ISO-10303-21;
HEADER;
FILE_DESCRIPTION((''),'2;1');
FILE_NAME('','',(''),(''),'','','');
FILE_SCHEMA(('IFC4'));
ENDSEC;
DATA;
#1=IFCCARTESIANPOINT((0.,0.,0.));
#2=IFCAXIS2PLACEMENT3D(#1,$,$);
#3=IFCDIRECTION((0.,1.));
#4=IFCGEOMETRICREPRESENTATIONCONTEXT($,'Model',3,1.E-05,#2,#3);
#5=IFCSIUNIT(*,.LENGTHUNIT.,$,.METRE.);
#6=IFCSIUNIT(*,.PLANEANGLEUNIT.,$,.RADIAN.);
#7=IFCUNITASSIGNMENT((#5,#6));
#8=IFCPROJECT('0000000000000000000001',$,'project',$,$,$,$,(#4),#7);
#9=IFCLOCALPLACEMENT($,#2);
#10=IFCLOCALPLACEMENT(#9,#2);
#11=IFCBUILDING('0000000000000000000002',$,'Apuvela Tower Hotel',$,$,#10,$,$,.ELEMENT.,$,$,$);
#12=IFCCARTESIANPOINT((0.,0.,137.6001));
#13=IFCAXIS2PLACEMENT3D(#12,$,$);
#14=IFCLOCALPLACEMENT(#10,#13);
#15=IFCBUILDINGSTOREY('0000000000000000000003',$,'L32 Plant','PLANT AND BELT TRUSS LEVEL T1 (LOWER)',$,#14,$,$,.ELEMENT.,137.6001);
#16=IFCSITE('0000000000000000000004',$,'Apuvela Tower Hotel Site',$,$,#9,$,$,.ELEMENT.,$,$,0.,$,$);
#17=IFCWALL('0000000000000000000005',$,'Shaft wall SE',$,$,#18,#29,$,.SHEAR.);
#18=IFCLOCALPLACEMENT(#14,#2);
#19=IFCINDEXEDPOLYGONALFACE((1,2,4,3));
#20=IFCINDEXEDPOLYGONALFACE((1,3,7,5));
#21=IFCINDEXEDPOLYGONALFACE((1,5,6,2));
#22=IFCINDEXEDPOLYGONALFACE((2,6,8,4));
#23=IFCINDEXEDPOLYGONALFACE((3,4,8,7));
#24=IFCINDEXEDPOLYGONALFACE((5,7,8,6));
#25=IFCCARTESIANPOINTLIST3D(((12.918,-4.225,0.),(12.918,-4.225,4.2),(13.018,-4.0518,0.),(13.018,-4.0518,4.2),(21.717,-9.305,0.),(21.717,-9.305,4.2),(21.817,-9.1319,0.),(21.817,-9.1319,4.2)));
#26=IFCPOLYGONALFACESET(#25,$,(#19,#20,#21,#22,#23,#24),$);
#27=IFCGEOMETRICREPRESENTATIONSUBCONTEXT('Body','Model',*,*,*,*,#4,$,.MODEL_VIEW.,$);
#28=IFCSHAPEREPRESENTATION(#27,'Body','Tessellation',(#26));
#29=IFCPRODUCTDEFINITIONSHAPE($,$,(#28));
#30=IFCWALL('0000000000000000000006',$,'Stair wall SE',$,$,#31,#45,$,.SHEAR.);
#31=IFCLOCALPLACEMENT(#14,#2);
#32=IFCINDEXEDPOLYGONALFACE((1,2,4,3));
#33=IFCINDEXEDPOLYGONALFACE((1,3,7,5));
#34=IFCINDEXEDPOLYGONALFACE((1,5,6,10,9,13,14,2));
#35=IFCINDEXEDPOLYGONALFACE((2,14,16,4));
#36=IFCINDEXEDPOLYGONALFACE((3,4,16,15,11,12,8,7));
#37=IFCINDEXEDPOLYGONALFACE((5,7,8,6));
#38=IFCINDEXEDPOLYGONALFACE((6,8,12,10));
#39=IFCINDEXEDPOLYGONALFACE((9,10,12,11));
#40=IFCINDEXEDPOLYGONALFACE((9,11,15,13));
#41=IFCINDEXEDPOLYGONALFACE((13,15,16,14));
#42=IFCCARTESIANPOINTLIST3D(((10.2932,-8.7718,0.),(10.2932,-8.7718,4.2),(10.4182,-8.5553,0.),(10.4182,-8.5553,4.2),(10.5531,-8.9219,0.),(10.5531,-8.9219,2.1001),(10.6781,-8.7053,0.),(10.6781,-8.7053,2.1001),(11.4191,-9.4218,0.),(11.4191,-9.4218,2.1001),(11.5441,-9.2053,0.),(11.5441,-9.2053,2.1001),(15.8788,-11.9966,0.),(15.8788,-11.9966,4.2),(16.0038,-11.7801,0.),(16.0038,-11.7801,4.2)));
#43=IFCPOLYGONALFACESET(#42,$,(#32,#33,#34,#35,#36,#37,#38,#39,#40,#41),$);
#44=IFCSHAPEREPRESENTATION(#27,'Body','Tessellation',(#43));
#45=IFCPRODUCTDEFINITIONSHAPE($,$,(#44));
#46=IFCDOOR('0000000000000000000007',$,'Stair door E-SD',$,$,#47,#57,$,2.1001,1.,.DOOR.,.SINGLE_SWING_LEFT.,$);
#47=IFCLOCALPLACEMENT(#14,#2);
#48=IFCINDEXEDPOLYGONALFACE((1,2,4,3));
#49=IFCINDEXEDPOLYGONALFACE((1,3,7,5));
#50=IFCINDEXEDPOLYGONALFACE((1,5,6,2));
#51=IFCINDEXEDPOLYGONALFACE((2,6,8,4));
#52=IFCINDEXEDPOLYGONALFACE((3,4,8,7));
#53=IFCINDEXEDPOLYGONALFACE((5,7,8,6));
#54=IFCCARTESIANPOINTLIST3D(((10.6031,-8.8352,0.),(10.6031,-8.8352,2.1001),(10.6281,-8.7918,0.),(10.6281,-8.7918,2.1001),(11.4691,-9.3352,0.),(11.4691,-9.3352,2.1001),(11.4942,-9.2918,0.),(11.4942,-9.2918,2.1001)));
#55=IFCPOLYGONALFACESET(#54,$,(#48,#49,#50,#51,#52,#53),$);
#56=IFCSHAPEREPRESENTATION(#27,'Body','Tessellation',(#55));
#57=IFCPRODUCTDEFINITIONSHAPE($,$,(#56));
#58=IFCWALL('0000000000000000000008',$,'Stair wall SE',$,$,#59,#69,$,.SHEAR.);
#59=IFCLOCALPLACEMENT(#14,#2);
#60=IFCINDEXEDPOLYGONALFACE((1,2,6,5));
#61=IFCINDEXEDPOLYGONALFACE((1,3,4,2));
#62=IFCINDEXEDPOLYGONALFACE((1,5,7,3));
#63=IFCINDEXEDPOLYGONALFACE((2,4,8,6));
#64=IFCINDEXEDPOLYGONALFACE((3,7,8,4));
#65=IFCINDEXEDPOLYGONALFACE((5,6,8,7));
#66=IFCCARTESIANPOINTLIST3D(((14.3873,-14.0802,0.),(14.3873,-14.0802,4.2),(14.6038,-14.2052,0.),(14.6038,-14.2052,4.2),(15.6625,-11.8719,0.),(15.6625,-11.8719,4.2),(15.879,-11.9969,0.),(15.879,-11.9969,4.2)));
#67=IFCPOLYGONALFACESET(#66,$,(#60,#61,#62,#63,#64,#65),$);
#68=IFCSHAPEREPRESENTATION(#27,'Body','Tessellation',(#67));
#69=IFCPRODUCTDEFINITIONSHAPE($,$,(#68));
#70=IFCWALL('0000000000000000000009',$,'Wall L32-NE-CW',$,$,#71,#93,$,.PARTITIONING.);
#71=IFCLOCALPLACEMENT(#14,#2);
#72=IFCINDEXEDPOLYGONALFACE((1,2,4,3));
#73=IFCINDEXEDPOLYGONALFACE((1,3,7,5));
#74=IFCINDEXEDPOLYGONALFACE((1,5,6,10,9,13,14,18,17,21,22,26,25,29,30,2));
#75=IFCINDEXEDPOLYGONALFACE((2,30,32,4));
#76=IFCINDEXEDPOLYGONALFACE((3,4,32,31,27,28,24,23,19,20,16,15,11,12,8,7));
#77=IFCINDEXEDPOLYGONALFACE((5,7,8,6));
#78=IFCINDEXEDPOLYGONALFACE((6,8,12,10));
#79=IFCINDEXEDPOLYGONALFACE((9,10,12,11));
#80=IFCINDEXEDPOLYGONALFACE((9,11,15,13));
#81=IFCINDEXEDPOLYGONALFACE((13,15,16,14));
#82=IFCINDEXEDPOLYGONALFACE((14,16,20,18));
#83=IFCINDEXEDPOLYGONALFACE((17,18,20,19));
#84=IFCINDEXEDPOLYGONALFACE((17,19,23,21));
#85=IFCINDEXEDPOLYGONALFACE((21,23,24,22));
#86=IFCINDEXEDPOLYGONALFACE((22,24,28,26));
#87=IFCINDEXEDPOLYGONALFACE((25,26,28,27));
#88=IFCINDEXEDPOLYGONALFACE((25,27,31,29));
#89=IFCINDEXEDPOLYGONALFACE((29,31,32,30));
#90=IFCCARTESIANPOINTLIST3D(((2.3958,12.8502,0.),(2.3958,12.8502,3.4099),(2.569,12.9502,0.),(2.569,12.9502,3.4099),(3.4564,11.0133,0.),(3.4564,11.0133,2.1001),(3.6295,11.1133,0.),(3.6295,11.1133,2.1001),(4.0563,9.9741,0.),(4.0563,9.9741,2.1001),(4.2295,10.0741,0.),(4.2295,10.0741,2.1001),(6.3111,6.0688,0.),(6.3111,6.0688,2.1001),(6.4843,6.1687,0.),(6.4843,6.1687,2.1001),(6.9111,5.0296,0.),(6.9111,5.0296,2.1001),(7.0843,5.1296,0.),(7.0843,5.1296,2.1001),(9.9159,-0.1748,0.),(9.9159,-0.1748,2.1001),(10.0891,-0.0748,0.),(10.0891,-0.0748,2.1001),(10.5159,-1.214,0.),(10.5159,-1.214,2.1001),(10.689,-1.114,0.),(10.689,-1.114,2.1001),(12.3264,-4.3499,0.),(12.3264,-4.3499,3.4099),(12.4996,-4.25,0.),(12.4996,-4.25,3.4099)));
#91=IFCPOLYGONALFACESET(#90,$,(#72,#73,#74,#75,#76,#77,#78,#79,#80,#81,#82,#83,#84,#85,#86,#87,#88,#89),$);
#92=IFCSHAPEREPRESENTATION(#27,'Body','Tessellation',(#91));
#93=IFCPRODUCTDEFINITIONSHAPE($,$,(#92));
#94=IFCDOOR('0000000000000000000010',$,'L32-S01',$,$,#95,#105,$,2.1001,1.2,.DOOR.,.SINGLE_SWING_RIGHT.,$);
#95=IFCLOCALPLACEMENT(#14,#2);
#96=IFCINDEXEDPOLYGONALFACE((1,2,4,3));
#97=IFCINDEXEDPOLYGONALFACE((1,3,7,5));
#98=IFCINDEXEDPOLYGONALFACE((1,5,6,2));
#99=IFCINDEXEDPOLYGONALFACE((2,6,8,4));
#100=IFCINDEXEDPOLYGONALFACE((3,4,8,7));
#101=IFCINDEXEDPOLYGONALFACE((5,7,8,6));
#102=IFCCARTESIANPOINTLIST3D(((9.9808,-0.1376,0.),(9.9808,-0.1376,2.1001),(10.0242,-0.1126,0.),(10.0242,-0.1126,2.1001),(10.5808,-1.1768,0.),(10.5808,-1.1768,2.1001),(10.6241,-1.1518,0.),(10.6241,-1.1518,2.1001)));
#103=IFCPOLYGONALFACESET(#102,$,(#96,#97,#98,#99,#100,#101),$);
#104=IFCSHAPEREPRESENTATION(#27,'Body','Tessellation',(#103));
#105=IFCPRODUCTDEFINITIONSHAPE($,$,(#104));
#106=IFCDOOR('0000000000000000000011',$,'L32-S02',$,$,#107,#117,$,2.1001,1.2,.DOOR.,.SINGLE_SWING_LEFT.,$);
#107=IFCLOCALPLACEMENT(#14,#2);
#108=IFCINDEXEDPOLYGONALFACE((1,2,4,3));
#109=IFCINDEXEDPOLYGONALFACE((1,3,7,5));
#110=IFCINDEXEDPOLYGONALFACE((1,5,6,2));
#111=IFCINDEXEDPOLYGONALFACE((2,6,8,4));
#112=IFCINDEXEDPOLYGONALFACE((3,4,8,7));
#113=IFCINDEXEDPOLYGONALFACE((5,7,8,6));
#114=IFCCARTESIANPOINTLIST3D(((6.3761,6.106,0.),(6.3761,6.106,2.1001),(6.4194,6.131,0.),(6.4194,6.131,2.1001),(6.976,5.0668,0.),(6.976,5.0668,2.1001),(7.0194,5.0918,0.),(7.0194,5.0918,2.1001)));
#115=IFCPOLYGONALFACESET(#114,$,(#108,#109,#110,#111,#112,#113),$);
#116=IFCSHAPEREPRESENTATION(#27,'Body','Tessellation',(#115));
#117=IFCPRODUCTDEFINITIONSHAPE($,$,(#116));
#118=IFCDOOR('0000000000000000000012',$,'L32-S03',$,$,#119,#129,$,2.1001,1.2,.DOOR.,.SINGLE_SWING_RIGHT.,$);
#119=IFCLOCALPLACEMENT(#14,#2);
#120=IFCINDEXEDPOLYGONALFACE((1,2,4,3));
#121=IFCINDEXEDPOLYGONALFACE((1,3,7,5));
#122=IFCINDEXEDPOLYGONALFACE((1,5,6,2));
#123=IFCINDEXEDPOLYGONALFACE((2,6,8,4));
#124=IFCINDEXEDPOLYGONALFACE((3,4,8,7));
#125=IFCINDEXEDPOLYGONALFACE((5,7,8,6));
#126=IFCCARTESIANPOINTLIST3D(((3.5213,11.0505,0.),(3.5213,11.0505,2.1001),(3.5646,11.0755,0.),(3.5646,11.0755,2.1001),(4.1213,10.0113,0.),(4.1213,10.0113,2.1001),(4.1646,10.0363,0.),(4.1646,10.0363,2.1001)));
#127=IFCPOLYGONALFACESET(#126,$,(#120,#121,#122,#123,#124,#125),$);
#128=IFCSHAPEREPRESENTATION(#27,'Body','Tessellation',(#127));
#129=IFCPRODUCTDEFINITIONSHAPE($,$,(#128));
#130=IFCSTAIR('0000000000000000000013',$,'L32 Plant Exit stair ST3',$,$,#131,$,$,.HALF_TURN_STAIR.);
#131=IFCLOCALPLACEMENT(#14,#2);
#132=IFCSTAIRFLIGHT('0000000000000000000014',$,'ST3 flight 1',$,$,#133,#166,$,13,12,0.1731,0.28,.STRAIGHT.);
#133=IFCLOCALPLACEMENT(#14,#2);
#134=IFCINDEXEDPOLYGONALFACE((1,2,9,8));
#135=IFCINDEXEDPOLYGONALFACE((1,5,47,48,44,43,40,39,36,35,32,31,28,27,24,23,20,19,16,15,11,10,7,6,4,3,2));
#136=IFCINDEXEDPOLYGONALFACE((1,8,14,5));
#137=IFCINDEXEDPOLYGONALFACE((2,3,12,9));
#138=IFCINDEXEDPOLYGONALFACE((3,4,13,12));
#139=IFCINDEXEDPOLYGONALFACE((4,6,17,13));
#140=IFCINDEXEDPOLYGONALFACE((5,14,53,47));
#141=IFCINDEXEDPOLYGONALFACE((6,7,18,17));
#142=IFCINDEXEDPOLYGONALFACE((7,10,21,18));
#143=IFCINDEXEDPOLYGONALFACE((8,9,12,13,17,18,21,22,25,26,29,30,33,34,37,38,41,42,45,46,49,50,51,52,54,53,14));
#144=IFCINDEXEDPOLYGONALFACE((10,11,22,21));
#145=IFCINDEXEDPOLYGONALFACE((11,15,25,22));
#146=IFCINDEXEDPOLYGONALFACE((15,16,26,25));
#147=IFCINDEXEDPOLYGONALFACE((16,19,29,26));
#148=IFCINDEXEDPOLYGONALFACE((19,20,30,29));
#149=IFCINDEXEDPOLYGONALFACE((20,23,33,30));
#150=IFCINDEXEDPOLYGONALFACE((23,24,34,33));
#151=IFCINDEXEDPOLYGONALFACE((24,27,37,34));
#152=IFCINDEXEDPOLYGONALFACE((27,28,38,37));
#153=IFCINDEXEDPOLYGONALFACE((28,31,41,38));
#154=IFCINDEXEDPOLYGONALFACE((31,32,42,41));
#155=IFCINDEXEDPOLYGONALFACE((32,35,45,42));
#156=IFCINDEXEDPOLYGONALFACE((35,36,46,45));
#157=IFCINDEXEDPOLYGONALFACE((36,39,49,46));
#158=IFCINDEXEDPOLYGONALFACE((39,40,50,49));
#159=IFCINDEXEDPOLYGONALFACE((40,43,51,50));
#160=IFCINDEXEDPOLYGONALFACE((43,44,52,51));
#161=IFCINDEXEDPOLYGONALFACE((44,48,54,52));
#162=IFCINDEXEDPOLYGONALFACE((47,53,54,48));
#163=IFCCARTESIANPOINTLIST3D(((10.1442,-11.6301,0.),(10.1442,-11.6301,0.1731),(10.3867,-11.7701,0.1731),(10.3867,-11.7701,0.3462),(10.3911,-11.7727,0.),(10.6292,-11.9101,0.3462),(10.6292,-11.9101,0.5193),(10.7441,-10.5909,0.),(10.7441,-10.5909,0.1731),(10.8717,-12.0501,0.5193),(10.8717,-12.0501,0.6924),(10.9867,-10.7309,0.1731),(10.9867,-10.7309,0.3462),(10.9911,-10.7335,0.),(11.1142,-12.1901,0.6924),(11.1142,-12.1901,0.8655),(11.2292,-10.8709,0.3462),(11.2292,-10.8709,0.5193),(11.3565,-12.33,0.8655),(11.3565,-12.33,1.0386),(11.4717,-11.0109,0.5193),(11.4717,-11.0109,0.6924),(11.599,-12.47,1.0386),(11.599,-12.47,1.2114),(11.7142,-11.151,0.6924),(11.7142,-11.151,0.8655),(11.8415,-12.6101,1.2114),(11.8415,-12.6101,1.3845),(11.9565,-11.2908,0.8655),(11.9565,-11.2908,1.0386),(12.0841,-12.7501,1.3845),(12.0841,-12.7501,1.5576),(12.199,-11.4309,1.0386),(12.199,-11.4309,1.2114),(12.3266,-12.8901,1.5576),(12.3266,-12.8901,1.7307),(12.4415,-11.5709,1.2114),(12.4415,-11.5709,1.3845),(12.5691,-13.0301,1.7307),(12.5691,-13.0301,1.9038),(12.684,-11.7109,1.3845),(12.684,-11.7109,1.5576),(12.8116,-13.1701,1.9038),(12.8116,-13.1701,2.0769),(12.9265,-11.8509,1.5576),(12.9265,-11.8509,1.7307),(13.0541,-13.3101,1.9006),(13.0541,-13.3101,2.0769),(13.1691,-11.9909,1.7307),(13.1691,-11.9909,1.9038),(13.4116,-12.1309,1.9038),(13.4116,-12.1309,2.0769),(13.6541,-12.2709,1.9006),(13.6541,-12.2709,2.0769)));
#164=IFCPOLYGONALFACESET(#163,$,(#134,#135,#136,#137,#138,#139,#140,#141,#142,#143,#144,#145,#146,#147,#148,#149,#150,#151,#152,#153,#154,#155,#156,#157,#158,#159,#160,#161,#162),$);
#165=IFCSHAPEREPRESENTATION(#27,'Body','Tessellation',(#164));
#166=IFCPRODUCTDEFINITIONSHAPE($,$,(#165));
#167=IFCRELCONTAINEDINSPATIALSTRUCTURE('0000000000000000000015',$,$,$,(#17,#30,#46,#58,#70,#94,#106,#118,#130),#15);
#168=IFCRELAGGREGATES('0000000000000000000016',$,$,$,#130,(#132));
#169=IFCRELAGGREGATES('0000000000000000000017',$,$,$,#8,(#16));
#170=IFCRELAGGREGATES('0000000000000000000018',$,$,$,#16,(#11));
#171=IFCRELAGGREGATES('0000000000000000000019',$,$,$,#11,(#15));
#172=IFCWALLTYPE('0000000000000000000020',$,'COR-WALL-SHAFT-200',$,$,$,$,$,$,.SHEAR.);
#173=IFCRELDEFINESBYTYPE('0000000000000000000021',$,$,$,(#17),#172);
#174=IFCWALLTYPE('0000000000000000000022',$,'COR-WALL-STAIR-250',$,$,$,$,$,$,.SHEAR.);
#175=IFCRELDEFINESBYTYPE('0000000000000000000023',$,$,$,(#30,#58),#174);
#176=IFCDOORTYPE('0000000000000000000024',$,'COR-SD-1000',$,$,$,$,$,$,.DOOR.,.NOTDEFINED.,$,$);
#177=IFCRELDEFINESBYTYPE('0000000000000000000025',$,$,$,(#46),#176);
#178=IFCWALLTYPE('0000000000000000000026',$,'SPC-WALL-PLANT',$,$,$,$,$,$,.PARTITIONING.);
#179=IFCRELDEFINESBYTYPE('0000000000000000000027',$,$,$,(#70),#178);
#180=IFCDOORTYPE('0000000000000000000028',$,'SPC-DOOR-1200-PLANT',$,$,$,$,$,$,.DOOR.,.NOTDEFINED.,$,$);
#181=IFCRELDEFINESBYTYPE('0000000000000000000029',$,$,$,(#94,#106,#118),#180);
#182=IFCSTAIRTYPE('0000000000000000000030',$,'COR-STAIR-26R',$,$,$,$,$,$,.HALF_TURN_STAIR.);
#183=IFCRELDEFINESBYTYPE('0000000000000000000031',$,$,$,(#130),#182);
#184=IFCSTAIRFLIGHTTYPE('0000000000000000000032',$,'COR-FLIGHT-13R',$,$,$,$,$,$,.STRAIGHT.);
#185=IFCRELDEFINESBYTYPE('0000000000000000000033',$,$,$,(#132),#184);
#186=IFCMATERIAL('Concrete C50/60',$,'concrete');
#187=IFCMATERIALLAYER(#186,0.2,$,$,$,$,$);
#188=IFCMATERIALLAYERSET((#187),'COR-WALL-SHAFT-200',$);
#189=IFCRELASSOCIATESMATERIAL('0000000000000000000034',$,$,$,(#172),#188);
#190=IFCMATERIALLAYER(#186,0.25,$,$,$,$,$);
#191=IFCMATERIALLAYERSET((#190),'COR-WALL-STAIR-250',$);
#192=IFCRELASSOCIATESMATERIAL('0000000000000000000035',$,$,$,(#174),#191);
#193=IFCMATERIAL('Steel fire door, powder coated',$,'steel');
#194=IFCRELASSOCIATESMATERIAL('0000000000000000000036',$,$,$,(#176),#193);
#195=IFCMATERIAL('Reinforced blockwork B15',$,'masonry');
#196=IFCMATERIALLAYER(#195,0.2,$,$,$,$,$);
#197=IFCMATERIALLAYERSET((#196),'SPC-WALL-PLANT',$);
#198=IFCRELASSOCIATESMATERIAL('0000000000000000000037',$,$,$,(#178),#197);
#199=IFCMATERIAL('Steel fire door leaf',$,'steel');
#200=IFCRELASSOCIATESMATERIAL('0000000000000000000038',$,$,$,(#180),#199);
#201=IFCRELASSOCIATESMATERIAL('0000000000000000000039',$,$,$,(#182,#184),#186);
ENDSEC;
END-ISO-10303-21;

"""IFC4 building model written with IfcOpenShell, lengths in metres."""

from ifc_helpers import new_model, si_unit, direction, frame, frame_2d, origin, place, context, subcontext, project, spatial, polyline, rectangle, outline, extrude, material, layer, layer_set, type_object, element, fill, aggregate, save


model = new_model("IFC4")

# Units and contexts
model_context = context("Model", 3, precision=1e-05, world=origin(), true_north=direction((0.0, 1.0)))
body_context = subcontext(model_context, "Body", "Model", "MODEL_VIEW")
ifc_project = project(units=[si_unit("LENGTHUNIT", "METRE"), si_unit("PLANEANGLEUNIT", "RADIAN")], contexts=[model_context])

# Site, building, storey
site_placement = place(None, origin())
site = spatial("IfcSite", under=ifc_project, at=site_placement, Name="Apuvela Tower Hotel Site", CompositionType="ELEMENT", RefElevation=0.0)
building_placement = place(site_placement, origin())
building = spatial("IfcBuilding", under=site, at=building_placement, Name="Apuvela Tower Hotel", CompositionType="ELEMENT")
storey_placement = place(building_placement, frame((0.0, 0.0, 137.6001)))
storey = spatial("IfcBuildingStorey", under=building, at=storey_placement, Name="L32 Plant", Description="PLANT AND BELT TRUSS LEVEL T1 (LOWER)", CompositionType="ELEMENT", Elevation=137.6001)

# Shared definitions
ifc_material_1 = material(Name="Concrete C50/60", Category="concrete")
ifc_material_2 = material(Name="Steel fire door, powder coated", Category="steel")

# Shared definitions
ifc_layer_1 = layer(ifc_material_1, 0.2)
ifc_layer_set_1 = layer_set([ifc_layer_1], Name="COR-WALL-SHAFT-200")
wall_type_1 = type_object("IfcWallType", Name="COR-WALL-SHAFT-200", PredefinedType="SHEAR", material=ifc_layer_set_1)

# Wall
wall_1_placement = place(storey_placement, frame((12.968, -4.1384, 0.0), z_axis=(0.0, 0.0, 1.0), x_axis=(0.866028, -0.499995, 0.0)))
element("IfcWall", 1, at=wall_1_placement, inside=storey, type_object=wall_type_1, Name="Shaft wall SE", PredefinedType="SHEAR", context=body_context, shape_type="SweptSolid", body=[
    extrude(rectangle(XDim=10.1602, YDim=0.2, at=frame_2d((5.0801, 0.0))), origin(), (0.0, 0.0, 1.0), 4.2),
])

# Wall, opening, door
ifc_layer_2 = layer(ifc_material_1, 0.25)
ifc_layer_set_2 = layer_set([ifc_layer_2], Name="COR-WALL-STAIR-250")
wall_type_2 = type_object("IfcWallType", Name="COR-WALL-STAIR-250", PredefinedType="SHEAR", material=ifc_layer_set_2)
wall_2_placement = place(storey_placement, frame((10.3557, -8.6636, 0.0), z_axis=(0.0, 0.0, 1.0), x_axis=(0.866029, -0.499994, 0.0)))
wall_2 = element("IfcWall", 2, at=wall_2_placement, inside=storey, type_object=wall_type_2, Name="Stair wall SE", PredefinedType="SHEAR", context=body_context, shape_type="SweptSolid", body=[
    extrude(rectangle(XDim=6.4497, YDim=0.25, at=frame_2d((3.2249, 0.0))), origin(), (0.0, 0.0, 1.0), 4.2),
])
opening_1_placement = place(wall_2_placement, frame((0.3, 0.0, 0.0)))
opening_1 = element("IfcOpeningElement", 3, at=opening_1_placement, cuts=wall_2, PredefinedType="OPENING", context=body_context, shape_type="SweptSolid", body=[
    extrude(rectangle(XDim=1.0, YDim=2.1001, at=frame_2d((0.5, 1.05))), frame((0.0, 0.135, 0.0), z_axis=(0.0, -1.0, 0.0), x_axis=(1.0, 0.0, 0.0)), (0.0, 0.0, 1.0), 0.27),
])
door_type_1 = type_object("IfcDoorType", Name="COR-SD-1000", OperationType="NOTDEFINED", PredefinedType="DOOR", material=ifc_material_2)
door_1_placement = place(opening_1_placement, frame((1.0, 0.0, 0.0), z_axis=(0.0, 0.0, 1.0), x_axis=(-1.0, 0.0, 0.0)))
door_1 = element("IfcDoor", 4, at=door_1_placement, inside=storey, type_object=door_type_1, Name="Stair door E-SD", OperationType="SINGLE_SWING_LEFT", OverallHeight=2.1001, OverallWidth=1.0, PredefinedType="DOOR", context=body_context, shape_type="SweptSolid", body=[
    extrude(rectangle(XDim=1.0, YDim=2.1001, at=frame_2d((0.5, 1.05))), frame((0.0, 0.0249, 0.0), z_axis=(0.0, -1.0, 0.0), x_axis=(1.0, 0.0, 0.0)), (0.0, 0.0, 1.0), 0.05),
])
fill(opening_1, door_1)

# Wall
wall_3_placement = place(storey_placement, frame((14.4956, -14.1426, 0.0), z_axis=(0.0, 0.0, 1.0), x_axis=(0.500062, 0.865989, 0.0)))
element("IfcWall", 5, at=wall_3_placement, inside=storey, type_object=wall_type_2, Name="Stair wall SE", PredefinedType="SHEAR", context=body_context, shape_type="SweptSolid", body=[
    extrude(rectangle(XDim=2.55, YDim=0.25, at=frame_2d((1.2749, 0.0))), origin(), (0.0, 0.0, 1.0), 4.2),
])

# Wall, openings, doors
ifc_material_3 = material(Name="Reinforced blockwork B15", Category="masonry")
ifc_layer_3 = layer(ifc_material_3, 0.2)
ifc_layer_set_3 = layer_set([ifc_layer_3], Name="SPC-WALL-PLANT")
wall_type_3 = type_object("IfcWallType", Name="SPC-WALL-PLANT", PredefinedType="PARTITIONING", material=ifc_layer_set_3)
wall_4_placement = place(storey_placement, frame((12.4131, -4.3, 0.0), z_axis=(0.0, 0.0, 1.0), x_axis=(-0.500005, 0.866023, 0.0)))
wall_4 = element("IfcWall", 6, at=wall_4_placement, inside=storey, type_object=wall_type_3, Name="Wall L32-NE-CW", PredefinedType="PARTITIONING", context=body_context, shape_type="SweptSolid", body=[
    extrude(rectangle(XDim=19.8611, YDim=0.2, at=frame_2d((9.9307, 0.0))), origin(), (0.0, 0.0, 1.0), 3.4099),
])
opening_2_placement = place(wall_4_placement, frame((3.6211, 0.0, 0.0)))
opening_2 = element("IfcOpeningElement", 7, at=opening_2_placement, cuts=wall_4, PredefinedType="OPENING", context=body_context, shape_type="SweptSolid", body=[
    extrude(rectangle(XDim=1.2, YDim=2.1001, at=frame_2d((0.6001, 1.05))), frame((0.0, 0.1099, 0.0), z_axis=(0.0, -1.0, 0.0), x_axis=(1.0, 0.0, 0.0)), (0.0, 0.0, 1.0), 0.22),
])
opening_3_placement = place(wall_4_placement, frame((10.8306, 0.0, 0.0)))
opening_3 = element("IfcOpeningElement", 8, at=opening_3_placement, cuts=wall_4, PredefinedType="OPENING", context=body_context, shape_type="SweptSolid", body=[
    extrude(rectangle(XDim=1.2, YDim=2.1001, at=frame_2d((0.6001, 1.05))), frame((0.0, 0.1099, 0.0), z_axis=(0.0, -1.0, 0.0), x_axis=(1.0, 0.0, 0.0)), (0.0, 0.0, 1.0), 0.22),
])
opening_4_placement = place(wall_4_placement, frame((16.54, 0.0, 0.0)))
opening_4 = element("IfcOpeningElement", 9, at=opening_4_placement, cuts=wall_4, PredefinedType="OPENING", context=body_context, shape_type="SweptSolid", body=[
    extrude(rectangle(XDim=1.2, YDim=2.1001, at=frame_2d((0.6001, 1.05))), frame((0.0, 0.1099, 0.0), z_axis=(0.0, -1.0, 0.0), x_axis=(1.0, 0.0, 0.0)), (0.0, 0.0, 1.0), 0.22),
])
ifc_material_4 = material(Name="Steel fire door leaf", Category="steel")
door_type_2 = type_object("IfcDoorType", Name="SPC-DOOR-1200-PLANT", OperationType="NOTDEFINED", PredefinedType="DOOR", material=ifc_material_4)
door_2_placement = place(opening_2_placement, frame((1.2, 0.0, 0.0), z_axis=(0.0, 0.0, 1.0), x_axis=(-1.0, 0.0, 0.0)))
door_2 = element("IfcDoor", 10, at=door_2_placement, inside=storey, type_object=door_type_2, Name="L32-S01", OperationType="SINGLE_SWING_RIGHT", OverallHeight=2.1001, OverallWidth=1.2, PredefinedType="DOOR", context=body_context, shape_type="SweptSolid", body=[
    extrude(rectangle(XDim=1.2, YDim=2.1001, at=frame_2d((0.6001, 1.05))), frame((0.0, 0.0249, 0.0), z_axis=(0.0, -1.0, 0.0), x_axis=(1.0, 0.0, 0.0)), (0.0, 0.0, 1.0), 0.05),
])
fill(opening_2, door_2)
door_3_placement = place(opening_3_placement, frame((1.2, 0.0, 0.0), z_axis=(0.0, 0.0, 1.0), x_axis=(-1.0, 0.0, 0.0)))
door_3 = element("IfcDoor", 11, at=door_3_placement, inside=storey, type_object=door_type_2, Name="L32-S02", OperationType="SINGLE_SWING_LEFT", OverallHeight=2.1001, OverallWidth=1.2, PredefinedType="DOOR", context=body_context, shape_type="SweptSolid", body=[
    extrude(rectangle(XDim=1.2, YDim=2.1001, at=frame_2d((0.6001, 1.05))), frame((0.0, 0.0249, 0.0), z_axis=(0.0, -1.0, 0.0), x_axis=(1.0, 0.0, 0.0)), (0.0, 0.0, 1.0), 0.05),
])
fill(opening_3, door_3)
door_4_placement = place(opening_4_placement, frame((1.2, 0.0, 0.0), z_axis=(0.0, 0.0, 1.0), x_axis=(-1.0, 0.0, 0.0)))
door_4 = element("IfcDoor", 12, at=door_4_placement, inside=storey, type_object=door_type_2, Name="L32-S03", OperationType="SINGLE_SWING_RIGHT", OverallHeight=2.1001, OverallWidth=1.2, PredefinedType="DOOR", context=body_context, shape_type="SweptSolid", body=[
    extrude(rectangle(XDim=1.2, YDim=2.1001, at=frame_2d((0.6001, 1.05))), frame((0.0, 0.0249, 0.0), z_axis=(0.0, -1.0, 0.0), x_axis=(1.0, 0.0, 0.0)), (0.0, 0.0, 1.0), 0.05),
])
fill(opening_4, door_4)

# Stair, stair flight
stair_type = type_object("IfcStairType", Name="COR-STAIR-26R", PredefinedType="HALF_TURN_STAIR", material=ifc_material_1)
stair_placement = place(storey_placement, origin())
stair = element("IfcStair", 13, at=stair_placement, inside=storey, type_object=stair_type, Name="L32 Plant Exit stair ST3", PredefinedType="HALF_TURN_STAIR")
stair_flight_type = type_object("IfcStairFlightType", Name="COR-FLIGHT-13R", PredefinedType="STRAIGHT", material=ifc_material_1)
stair_flight_1_placement = place(storey_placement, frame((10.4441, -11.1106, 0.0), z_axis=(0.0, 0.0, 1.0), x_axis=(0.866025, -0.5, 0.0)))
stair_flight_1 = element("IfcStairFlight", 14, at=stair_flight_1_placement, type_object=stair_flight_type, Name="ST3 flight 1", NumberOfRisers=13, NumberOfTreads=12, PredefinedType="STRAIGHT", RiserHeight=0.1731, TreadLength=0.28, context=body_context, shape_type="SweptSolid", body=[
    extrude(outline(polyline([(0.0, 0.0), (0.0, 0.1731), (0.28, 0.1731), (0.28, 0.3462), (0.5601, 0.3462), (0.5601, 0.5193), (0.8401, 0.5193), (0.8401, 0.6924), (1.1201, 0.6924), (1.1201, 0.8655), (1.3999, 0.8655), (1.3999, 1.0386), (1.6799, 1.0386), (1.6799, 1.2114), (1.96, 1.2114), (1.96, 1.3845), (2.24, 1.3845), (2.24, 1.5576), (2.52, 1.5576), (2.52, 1.7307), (2.8, 1.7307), (2.8, 1.9038), (3.0801, 1.9038), (3.0801, 2.0769), (3.3601, 2.0769), (3.3601, 2.25), (3.3601, 1.9006), (0.2852, 0.0), (0.0, 0.0)])), frame((0.0, 0.6001, 0.0), z_axis=(0.0, -1.0, 0.0), x_axis=(1.0, 0.0, 0.0)), (0.0, 0.0, 1.0), 1.2),
])
aggregate(stair, [stair_flight_1])

save(model, "model.ifc")
